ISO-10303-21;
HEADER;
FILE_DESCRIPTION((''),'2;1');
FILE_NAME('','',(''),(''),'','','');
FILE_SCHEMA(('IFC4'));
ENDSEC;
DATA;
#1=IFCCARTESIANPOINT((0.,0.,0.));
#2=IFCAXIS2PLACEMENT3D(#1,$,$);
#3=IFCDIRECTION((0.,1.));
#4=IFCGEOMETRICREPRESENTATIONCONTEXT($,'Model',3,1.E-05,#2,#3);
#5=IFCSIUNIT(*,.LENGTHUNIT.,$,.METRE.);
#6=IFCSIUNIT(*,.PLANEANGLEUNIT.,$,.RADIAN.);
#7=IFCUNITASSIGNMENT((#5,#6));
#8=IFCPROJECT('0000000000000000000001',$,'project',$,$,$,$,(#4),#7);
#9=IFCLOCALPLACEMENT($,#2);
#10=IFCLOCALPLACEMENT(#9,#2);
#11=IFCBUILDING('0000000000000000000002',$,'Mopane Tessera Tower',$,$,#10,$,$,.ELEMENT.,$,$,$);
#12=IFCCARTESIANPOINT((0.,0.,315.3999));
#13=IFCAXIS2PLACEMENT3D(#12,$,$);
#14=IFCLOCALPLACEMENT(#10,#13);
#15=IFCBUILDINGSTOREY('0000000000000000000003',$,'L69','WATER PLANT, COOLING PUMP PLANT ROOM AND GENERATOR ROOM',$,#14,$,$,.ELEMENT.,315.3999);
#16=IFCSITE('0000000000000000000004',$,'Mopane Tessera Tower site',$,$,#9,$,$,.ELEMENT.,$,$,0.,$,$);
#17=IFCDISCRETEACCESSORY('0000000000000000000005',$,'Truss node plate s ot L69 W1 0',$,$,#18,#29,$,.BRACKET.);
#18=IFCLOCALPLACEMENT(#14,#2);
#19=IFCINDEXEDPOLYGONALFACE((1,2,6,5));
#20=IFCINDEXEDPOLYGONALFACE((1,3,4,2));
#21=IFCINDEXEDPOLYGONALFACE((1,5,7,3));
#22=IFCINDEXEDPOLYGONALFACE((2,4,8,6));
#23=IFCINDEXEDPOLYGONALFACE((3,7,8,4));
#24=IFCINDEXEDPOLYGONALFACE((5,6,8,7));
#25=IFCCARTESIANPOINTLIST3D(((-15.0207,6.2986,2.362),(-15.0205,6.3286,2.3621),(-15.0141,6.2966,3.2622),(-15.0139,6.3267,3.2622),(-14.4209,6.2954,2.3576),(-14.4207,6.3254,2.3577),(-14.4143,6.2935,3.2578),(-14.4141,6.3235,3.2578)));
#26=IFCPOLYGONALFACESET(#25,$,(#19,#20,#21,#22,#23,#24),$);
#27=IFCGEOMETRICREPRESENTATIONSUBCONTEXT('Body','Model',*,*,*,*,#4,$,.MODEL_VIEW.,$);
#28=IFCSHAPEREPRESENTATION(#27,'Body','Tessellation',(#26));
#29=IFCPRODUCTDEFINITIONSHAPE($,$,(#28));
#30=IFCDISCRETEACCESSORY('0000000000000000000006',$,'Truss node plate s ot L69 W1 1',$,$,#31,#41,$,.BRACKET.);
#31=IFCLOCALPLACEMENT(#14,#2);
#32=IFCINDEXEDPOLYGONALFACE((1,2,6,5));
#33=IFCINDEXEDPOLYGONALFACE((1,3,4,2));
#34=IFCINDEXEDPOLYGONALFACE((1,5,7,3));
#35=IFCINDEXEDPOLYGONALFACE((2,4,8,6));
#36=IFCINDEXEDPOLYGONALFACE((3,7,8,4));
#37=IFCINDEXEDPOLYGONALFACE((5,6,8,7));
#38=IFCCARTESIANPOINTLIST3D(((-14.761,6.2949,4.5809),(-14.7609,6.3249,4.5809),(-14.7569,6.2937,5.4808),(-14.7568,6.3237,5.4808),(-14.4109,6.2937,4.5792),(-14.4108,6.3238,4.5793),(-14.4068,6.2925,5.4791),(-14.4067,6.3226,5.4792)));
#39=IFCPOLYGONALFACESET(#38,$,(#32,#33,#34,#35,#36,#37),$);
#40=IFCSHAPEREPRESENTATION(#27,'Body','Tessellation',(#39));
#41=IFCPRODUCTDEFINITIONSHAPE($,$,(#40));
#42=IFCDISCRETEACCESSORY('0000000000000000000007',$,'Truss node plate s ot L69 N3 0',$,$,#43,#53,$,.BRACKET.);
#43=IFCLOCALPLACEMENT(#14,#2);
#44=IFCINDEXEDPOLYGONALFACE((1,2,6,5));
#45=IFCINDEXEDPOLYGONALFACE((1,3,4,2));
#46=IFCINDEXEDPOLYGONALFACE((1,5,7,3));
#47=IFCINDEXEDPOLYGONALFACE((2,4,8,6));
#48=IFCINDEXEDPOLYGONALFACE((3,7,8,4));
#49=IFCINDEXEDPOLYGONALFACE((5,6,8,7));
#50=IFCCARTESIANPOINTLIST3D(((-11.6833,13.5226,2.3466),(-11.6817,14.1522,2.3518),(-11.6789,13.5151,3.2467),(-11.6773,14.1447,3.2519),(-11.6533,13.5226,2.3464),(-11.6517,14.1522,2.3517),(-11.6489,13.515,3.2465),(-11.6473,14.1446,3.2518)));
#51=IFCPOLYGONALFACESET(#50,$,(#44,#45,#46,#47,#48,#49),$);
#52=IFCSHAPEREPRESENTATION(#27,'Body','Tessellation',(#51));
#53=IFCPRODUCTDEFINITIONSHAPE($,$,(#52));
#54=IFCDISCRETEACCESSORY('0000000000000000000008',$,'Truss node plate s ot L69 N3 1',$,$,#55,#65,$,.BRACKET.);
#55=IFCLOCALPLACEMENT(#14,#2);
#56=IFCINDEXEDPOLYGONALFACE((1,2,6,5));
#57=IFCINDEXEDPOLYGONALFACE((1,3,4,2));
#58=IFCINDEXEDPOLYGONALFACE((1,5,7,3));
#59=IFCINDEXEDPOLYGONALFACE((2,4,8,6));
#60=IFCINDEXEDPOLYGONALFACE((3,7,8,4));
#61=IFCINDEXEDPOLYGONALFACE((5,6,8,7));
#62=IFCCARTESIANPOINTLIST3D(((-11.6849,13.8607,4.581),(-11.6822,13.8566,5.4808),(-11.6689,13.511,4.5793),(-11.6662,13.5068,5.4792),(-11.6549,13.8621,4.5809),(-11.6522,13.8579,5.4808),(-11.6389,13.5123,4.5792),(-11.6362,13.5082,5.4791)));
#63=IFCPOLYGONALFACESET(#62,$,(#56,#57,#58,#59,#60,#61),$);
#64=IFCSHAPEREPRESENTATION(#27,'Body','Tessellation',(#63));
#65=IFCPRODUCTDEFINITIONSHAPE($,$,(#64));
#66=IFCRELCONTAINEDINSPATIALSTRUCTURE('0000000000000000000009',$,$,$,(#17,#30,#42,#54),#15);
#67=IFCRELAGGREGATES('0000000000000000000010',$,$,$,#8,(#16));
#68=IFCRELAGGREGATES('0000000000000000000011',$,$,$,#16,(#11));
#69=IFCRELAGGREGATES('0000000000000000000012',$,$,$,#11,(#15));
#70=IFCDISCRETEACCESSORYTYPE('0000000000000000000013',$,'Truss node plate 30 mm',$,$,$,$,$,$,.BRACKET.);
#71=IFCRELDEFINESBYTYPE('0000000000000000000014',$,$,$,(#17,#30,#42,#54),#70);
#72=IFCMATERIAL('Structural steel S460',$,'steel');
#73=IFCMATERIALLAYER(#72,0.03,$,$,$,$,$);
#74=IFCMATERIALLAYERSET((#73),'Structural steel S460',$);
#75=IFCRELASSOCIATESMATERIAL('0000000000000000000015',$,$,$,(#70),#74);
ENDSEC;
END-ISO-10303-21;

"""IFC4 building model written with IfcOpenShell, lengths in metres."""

from ifc_helpers import new_model, si_unit, direction, frame, origin, origin_2d, place, context, subcontext, project, spatial, rectangle, extrude, material, layer, layer_set, type_object, element, save


model = new_model("IFC4")

# Units and contexts
model_context = context("Model", 3, precision=1e-05, world=origin(), true_north=direction((0.0, 1.0)))
body_context = subcontext(model_context, "Body", "Model", "MODEL_VIEW")
ifc_project = project(units=[si_unit("LENGTHUNIT", "METRE"), si_unit("PLANEANGLEUNIT", "RADIAN")], contexts=[model_context])

# Site, building, storey
site_placement = place(None, origin())
site = spatial("IfcSite", under=ifc_project, at=site_placement, Name="Mopane Tessera Tower site", CompositionType="ELEMENT", RefElevation=0.0)
building_placement = place(site_placement, origin())
building = spatial("IfcBuilding", under=site, at=building_placement, Name="Mopane Tessera Tower", CompositionType="ELEMENT")
storey_placement = place(building_placement, frame((0.0, 0.0, 315.3999)))
storey = spatial("IfcBuildingStorey", under=building, at=storey_placement, Name="L69", Description="WATER PLANT, COOLING PUMP PLANT ROOM AND GENERATOR ROOM", CompositionType="ELEMENT", Elevation=315.3999)

# Discrete accessories
ifc_material_1 = material(Name="Structural steel S460", Category="steel")
ifc_layer_1 = layer(ifc_material_1, 0.03)
ifc_layer_set_1 = layer_set([ifc_layer_1], Name="Structural steel S460")
discrete_accessory_type_1 = type_object("IfcDiscreteAccessoryType", Name="Truss node plate 30 mm", PredefinedType="BRACKET", material=ifc_layer_set_1)
discrete_accessory_1_placement = place(storey_placement, frame((-14.7207, 6.312, 2.3599), z_axis=(0.007323, -0.00217, 0.999971), x_axis=(-0.005275, -0.999984, -0.002131)))
element("IfcDiscreteAccessory", 1, at=discrete_accessory_1_placement, inside=storey, type_object=discrete_accessory_type_1, Name="Truss node plate s ot L69 W1 0", PredefinedType="BRACKET", context=body_context, shape_type="SweptSolid", body=[
    extrude(rectangle(XDim=0.03, YDim=0.5999, at=origin_2d()), origin(), (0.0, 0.0, 1.0), 0.9001),
])
discrete_accessory_2_placement = place(storey_placement, frame((-14.5859, 6.3093, 4.5801), z_axis=(0.004612, -0.001356, 0.999988), x_axis=(-0.003261, -0.999994, -0.001341)))
element("IfcDiscreteAccessory", 2, at=discrete_accessory_2_placement, inside=storey, type_object=discrete_accessory_type_1, Name="Truss node plate s ot L69 W1 1", PredefinedType="BRACKET", context=body_context, shape_type="SweptSolid", body=[
    extrude(rectangle(XDim=0.03, YDim=0.3501, at=origin_2d()), origin(), (0.0, 0.0, 1.0), 0.8999),
])
discrete_accessory_3_placement = place(storey_placement, frame((-11.6675, 13.8374, 2.3491), z_axis=(0.004882, -0.008408, 0.999953), x_axis=(-0.999985, 0.002471, 0.004903)))
element("IfcDiscreteAccessory", 3, at=discrete_accessory_3_placement, inside=storey, type_object=discrete_accessory_type_1, Name="Truss node plate s ot L69 N3 0", PredefinedType="BRACKET", context=body_context, shape_type="SweptSolid", body=[
    extrude(rectangle(XDim=0.03, YDim=0.6296, at=origin_2d()), origin(), (0.0, 0.0, 1.0), 0.9001),
])
discrete_accessory_4_placement = place(storey_placement, frame((-11.6619, 13.6865, 4.5801), z_axis=(0.002984, -0.004612, 0.999985), x_axis=(-0.99895, -0.045724, 0.00277)))
element("IfcDiscreteAccessory", 4, at=discrete_accessory_4_placement, inside=storey, type_object=discrete_accessory_type_1, Name="Truss node plate s ot L69 N3 1", PredefinedType="BRACKET", context=body_context, shape_type="SweptSolid", body=[
    extrude(rectangle(XDim=0.03, YDim=0.3501, at=origin_2d()), origin(), (0.0, 0.0, 1.0), 0.8999),
])

save(model, "model.ifc")
